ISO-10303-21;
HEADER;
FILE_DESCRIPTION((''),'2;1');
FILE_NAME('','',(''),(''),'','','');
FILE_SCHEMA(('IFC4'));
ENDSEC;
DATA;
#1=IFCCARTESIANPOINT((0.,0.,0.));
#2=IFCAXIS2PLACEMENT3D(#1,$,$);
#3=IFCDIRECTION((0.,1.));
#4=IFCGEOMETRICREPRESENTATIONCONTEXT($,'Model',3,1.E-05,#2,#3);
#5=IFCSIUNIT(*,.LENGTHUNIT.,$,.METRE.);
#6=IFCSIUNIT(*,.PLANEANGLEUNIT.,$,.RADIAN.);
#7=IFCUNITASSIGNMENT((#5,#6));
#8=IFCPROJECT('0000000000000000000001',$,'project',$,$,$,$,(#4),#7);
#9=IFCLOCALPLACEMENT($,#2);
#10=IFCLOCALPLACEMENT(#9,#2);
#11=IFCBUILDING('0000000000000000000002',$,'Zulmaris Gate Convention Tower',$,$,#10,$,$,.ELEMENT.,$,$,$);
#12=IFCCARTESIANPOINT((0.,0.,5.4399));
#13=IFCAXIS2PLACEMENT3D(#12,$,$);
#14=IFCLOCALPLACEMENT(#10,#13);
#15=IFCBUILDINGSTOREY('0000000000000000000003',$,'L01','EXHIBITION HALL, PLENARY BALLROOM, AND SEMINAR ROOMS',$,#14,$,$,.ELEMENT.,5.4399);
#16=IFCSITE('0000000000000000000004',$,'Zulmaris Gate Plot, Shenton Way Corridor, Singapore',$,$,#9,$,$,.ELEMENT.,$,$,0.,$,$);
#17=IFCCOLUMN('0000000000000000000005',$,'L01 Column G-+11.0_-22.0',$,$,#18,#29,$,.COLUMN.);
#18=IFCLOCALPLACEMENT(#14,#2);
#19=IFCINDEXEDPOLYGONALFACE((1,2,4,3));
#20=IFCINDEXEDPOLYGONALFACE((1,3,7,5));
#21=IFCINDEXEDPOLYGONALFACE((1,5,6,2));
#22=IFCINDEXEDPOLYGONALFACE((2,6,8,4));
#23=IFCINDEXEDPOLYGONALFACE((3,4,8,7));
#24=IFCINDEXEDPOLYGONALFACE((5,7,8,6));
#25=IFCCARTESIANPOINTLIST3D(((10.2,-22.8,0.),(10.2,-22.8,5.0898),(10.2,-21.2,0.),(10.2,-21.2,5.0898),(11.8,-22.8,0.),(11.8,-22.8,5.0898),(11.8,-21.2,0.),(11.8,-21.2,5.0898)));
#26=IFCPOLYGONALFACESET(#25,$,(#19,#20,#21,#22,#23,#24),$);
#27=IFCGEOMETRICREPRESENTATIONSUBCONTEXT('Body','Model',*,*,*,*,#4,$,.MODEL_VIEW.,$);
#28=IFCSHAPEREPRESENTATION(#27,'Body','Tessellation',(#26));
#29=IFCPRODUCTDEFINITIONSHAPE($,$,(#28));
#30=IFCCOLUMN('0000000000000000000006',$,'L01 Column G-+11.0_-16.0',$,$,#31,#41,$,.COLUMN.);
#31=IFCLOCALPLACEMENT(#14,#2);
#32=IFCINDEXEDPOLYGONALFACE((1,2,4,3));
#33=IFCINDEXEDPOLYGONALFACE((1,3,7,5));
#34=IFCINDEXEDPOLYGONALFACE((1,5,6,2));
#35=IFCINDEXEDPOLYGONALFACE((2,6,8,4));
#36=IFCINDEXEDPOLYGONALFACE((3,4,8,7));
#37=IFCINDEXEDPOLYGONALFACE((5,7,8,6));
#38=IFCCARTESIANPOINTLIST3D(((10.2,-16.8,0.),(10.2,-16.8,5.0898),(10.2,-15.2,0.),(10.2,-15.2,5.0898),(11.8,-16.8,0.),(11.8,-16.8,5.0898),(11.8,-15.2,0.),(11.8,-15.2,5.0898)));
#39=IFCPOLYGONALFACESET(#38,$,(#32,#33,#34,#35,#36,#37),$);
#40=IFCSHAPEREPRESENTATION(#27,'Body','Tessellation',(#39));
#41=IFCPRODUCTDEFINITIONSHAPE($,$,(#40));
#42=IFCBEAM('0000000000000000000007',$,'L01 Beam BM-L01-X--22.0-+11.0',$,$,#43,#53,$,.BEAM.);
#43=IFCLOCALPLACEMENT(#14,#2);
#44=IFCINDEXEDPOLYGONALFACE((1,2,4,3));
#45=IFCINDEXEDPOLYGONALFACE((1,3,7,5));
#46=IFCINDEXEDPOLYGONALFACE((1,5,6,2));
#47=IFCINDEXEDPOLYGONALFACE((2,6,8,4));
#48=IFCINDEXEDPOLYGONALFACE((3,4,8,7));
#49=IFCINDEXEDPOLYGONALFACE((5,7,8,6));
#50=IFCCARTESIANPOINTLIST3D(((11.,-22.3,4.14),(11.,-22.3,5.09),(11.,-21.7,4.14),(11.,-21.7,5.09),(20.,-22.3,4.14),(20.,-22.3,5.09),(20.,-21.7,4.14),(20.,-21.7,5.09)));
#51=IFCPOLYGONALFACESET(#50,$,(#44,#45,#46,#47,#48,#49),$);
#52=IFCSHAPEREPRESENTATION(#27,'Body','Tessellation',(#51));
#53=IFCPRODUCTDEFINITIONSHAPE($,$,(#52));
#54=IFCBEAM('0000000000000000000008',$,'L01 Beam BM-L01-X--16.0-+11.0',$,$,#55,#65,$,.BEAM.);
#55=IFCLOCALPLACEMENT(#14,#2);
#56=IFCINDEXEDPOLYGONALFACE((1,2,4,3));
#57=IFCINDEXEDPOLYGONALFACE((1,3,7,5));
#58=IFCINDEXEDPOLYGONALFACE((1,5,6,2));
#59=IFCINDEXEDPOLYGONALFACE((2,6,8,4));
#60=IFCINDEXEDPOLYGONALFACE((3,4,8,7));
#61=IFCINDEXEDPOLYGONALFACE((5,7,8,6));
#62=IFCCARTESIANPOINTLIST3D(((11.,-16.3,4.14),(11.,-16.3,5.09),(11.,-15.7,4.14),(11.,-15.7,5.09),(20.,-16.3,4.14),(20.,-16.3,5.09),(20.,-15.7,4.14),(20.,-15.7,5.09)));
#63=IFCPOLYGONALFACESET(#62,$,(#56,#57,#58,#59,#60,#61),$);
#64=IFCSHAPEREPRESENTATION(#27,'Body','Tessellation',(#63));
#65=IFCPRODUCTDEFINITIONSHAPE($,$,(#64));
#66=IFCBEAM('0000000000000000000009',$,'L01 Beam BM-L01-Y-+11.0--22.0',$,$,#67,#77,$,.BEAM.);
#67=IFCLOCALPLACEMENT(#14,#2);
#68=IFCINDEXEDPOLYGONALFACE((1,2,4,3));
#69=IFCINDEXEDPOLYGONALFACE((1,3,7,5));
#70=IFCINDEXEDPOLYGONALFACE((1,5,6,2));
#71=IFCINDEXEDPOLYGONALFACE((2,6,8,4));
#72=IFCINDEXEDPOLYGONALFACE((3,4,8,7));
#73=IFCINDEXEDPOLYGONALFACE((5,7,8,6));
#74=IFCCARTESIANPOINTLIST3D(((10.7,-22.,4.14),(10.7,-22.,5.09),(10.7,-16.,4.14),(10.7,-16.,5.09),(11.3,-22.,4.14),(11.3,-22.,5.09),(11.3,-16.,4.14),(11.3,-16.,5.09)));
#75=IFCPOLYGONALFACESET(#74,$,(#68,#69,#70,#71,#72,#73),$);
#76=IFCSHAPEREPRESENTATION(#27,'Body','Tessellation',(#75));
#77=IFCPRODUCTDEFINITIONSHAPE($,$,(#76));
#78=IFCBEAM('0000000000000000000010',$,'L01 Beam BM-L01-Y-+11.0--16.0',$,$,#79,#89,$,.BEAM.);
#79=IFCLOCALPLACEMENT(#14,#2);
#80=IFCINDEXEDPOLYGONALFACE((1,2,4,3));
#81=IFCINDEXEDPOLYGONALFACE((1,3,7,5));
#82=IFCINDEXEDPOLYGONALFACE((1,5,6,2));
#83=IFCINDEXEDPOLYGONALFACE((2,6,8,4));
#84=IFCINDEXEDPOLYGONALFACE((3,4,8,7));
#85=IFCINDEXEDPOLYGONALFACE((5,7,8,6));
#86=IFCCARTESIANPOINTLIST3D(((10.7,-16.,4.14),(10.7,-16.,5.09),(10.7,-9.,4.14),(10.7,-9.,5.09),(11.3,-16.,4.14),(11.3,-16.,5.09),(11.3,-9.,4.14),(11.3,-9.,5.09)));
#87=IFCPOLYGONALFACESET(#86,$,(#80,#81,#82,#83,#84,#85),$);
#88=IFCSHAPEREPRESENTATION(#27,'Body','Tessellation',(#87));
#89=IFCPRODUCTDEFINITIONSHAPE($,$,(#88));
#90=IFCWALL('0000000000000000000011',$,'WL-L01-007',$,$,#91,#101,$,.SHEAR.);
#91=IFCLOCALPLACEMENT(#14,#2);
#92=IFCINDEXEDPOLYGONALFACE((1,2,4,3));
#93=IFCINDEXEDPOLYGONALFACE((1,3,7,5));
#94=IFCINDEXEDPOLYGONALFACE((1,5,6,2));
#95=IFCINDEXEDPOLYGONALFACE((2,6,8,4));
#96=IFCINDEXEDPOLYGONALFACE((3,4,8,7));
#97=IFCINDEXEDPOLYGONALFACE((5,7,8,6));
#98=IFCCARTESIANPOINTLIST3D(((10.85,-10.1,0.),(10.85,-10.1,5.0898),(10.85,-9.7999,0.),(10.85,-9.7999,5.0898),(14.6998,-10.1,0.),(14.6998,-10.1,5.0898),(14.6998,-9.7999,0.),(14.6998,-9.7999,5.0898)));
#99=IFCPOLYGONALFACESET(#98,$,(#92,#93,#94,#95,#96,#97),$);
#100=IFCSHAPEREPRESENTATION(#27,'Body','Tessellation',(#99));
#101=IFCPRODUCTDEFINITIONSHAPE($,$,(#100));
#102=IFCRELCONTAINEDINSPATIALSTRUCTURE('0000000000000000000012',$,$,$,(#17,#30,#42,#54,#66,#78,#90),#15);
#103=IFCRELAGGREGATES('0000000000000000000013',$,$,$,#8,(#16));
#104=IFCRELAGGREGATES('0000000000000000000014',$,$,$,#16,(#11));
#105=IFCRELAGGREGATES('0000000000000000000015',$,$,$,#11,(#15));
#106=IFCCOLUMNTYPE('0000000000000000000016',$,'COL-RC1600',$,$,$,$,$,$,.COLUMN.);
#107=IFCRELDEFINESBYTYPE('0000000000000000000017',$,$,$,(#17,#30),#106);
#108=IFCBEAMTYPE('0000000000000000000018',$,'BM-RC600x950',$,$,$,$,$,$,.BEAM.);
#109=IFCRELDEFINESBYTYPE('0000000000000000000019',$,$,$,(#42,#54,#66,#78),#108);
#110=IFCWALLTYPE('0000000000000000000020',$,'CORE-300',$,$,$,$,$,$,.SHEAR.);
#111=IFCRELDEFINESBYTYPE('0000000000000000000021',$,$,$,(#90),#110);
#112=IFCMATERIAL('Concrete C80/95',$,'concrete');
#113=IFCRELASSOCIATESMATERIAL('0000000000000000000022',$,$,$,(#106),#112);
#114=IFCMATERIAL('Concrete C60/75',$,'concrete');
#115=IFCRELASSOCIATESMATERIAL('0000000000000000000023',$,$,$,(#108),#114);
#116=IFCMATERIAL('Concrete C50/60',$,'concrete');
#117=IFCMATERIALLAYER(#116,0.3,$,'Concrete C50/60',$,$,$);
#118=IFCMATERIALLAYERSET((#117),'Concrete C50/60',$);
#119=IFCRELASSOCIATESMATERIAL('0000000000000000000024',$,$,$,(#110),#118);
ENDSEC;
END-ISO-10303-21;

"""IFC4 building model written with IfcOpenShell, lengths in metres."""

from ifc_helpers import new_model, si_unit, direction, frame, frame_2d, origin, origin_2d, place, context, subcontext, project, spatial, rectangle, extrude, material, layer, layer_set, material_profile, profile_set, type_object, element, save


model = new_model("IFC4")

# Units and contexts
model_context = context("Model", 3, precision=1e-05, world=origin(), true_north=direction((0.0, 1.0)))
body_context = subcontext(model_context, "Body", "Model", "MODEL_VIEW")
ifc_project = project(units=[si_unit("LENGTHUNIT", "METRE"), si_unit("PLANEANGLEUNIT", "RADIAN")], contexts=[model_context])

# Site, building, storey
site_placement = place(None, origin())
site = spatial("IfcSite", under=ifc_project, at=site_placement, Name="Zulmaris Gate Plot, Shenton Way Corridor, Singapore", CompositionType="ELEMENT", RefElevation=0.0)
building_placement = place(site_placement, origin())
building = spatial("IfcBuilding", under=site, at=building_placement, Name="Zulmaris Gate Convention Tower", CompositionType="ELEMENT")
storey_placement = place(building_placement, frame((0.0, 0.0, 5.4399)))
storey = spatial("IfcBuildingStorey", under=building, at=storey_placement, Name="L01", Description="EXHIBITION HALL, PLENARY BALLROOM, AND SEMINAR ROOMS", CompositionType="ELEMENT", Elevation=5.4399)

# Columns
ifc_material_1 = material(Name="Concrete C80/95", Category="concrete")
ifc_material_profile_1 = material_profile(ifc_material_1, rectangle(XDim=1.6001, YDim=1.6001, at=origin_2d()), Name="RC COL 1600x1600")
ifc_profile_set_1 = profile_set([ifc_material_profile_1], Name="Concrete C80/95")
column_type = type_object("IfcColumnType", Name="COL-RC1600", PredefinedType="COLUMN", material=ifc_profile_set_1)
for number, where, z_axis, x_axis, name in (
    (1, (11.0, -22.0, 0.0), (0.0, 0.0, 1.0), (1.0, 0.0, 0.0), "L01 Column G-+11.0_-22.0"),
    (2, (11.0, -16.0, 0.0), (0.0, 0.0, 1.0), (1.0, 0.0, 0.0), "L01 Column G-+11.0_-16.0"),
):
    element("IfcColumn", number, at=place(storey_placement, frame(where, z_axis=z_axis, x_axis=x_axis)), inside=storey, type_object=column_type, Name=name, PredefinedType="COLUMN", context=body_context, shape_type="SweptSolid", body=[
        extrude(rectangle(XDim=1.6001, YDim=1.6001, at=origin_2d()), origin(), (0.0, 0.0, 1.0), 5.0898),
    ])

# Beams
ifc_material_2 = material(Name="Concrete C60/75", Category="concrete")
ifc_material_profile_2 = material_profile(ifc_material_2, rectangle(XDim=0.6001, YDim=0.95, at=origin_2d()), Name="RC BEAM 600x950")
ifc_profile_set_2 = profile_set([ifc_material_profile_2], Name="Concrete C60/75")
beam_type = type_object("IfcBeamType", Name="BM-RC600x950", PredefinedType="BEAM", material=ifc_profile_set_2)
for number, where, z_axis, x_axis, name in (
    (3, (11.0, -22.0, 4.615), (1.0, 0.0, 0.0), (0.0, 1.0, 0.0), "L01 Beam BM-L01-X--22.0-+11.0"),
    (4, (11.0, -16.0, 4.615), (1.0, 0.0, 0.0), (0.0, 1.0, 0.0), "L01 Beam BM-L01-X--16.0-+11.0"),
):
    element("IfcBeam", number, at=place(storey_placement, frame(where, z_axis=z_axis, x_axis=x_axis)), inside=storey, type_object=beam_type, Name=name, PredefinedType="BEAM", context=body_context, shape_type="SweptSolid", body=[
        extrude(rectangle(XDim=0.6001, YDim=0.95, at=origin_2d()), origin(), (0.0, 0.0, 1.0), 9.0),
    ])
beam_1_placement = place(storey_placement, frame((11.0, -22.0, 4.615), z_axis=(0.0, 1.0, 0.0), x_axis=(-1.0, 0.0, 0.0)))
element("IfcBeam", 5, at=beam_1_placement, inside=storey, type_object=beam_type, Name="L01 Beam BM-L01-Y-+11.0--22.0", PredefinedType="BEAM", context=body_context, shape_type="SweptSolid", body=[
    extrude(rectangle(XDim=0.6001, YDim=0.95, at=origin_2d()), origin(), (0.0, 0.0, 1.0), 6.0),
])
beam_2_placement = place(storey_placement, frame((11.0, -16.0, 4.615), z_axis=(0.0, 1.0, 0.0), x_axis=(-1.0, 0.0, 0.0)))
element("IfcBeam", 6, at=beam_2_placement, inside=storey, type_object=beam_type, Name="L01 Beam BM-L01-Y-+11.0--16.0", PredefinedType="BEAM", context=body_context, shape_type="SweptSolid", body=[
    extrude(rectangle(XDim=0.6001, YDim=0.95, at=origin_2d()), origin(), (0.0, 0.0, 1.0), 7.0),
])

# Wall
ifc_material_3 = material(Name="Concrete C50/60", Category="concrete")
ifc_layer_1 = layer(ifc_material_3, 0.3, Name="Concrete C50/60")
ifc_layer_set_1 = layer_set([ifc_layer_1], Name="Concrete C50/60")
wall_type_1 = type_object("IfcWallType", Name="CORE-300", PredefinedType="SHEAR", material=ifc_layer_set_1)
wall_1_placement = place(storey_placement, frame((10.8501, -9.95, 0.0), z_axis=(0.0, 0.0, 1.0), x_axis=(1.0, 0.0, 0.0)))
element("IfcWall", 7, at=wall_1_placement, inside=storey, type_object=wall_type_1, Name="WL-L01-007", PredefinedType="SHEAR", context=body_context, shape_type="SweptSolid", body=[
    extrude(rectangle(XDim=3.8499, YDim=0.3, at=frame_2d((1.9248, 0.0))), origin(), (0.0, 0.0, 1.0), 5.0898),
])

save(model, "model.ifc")
